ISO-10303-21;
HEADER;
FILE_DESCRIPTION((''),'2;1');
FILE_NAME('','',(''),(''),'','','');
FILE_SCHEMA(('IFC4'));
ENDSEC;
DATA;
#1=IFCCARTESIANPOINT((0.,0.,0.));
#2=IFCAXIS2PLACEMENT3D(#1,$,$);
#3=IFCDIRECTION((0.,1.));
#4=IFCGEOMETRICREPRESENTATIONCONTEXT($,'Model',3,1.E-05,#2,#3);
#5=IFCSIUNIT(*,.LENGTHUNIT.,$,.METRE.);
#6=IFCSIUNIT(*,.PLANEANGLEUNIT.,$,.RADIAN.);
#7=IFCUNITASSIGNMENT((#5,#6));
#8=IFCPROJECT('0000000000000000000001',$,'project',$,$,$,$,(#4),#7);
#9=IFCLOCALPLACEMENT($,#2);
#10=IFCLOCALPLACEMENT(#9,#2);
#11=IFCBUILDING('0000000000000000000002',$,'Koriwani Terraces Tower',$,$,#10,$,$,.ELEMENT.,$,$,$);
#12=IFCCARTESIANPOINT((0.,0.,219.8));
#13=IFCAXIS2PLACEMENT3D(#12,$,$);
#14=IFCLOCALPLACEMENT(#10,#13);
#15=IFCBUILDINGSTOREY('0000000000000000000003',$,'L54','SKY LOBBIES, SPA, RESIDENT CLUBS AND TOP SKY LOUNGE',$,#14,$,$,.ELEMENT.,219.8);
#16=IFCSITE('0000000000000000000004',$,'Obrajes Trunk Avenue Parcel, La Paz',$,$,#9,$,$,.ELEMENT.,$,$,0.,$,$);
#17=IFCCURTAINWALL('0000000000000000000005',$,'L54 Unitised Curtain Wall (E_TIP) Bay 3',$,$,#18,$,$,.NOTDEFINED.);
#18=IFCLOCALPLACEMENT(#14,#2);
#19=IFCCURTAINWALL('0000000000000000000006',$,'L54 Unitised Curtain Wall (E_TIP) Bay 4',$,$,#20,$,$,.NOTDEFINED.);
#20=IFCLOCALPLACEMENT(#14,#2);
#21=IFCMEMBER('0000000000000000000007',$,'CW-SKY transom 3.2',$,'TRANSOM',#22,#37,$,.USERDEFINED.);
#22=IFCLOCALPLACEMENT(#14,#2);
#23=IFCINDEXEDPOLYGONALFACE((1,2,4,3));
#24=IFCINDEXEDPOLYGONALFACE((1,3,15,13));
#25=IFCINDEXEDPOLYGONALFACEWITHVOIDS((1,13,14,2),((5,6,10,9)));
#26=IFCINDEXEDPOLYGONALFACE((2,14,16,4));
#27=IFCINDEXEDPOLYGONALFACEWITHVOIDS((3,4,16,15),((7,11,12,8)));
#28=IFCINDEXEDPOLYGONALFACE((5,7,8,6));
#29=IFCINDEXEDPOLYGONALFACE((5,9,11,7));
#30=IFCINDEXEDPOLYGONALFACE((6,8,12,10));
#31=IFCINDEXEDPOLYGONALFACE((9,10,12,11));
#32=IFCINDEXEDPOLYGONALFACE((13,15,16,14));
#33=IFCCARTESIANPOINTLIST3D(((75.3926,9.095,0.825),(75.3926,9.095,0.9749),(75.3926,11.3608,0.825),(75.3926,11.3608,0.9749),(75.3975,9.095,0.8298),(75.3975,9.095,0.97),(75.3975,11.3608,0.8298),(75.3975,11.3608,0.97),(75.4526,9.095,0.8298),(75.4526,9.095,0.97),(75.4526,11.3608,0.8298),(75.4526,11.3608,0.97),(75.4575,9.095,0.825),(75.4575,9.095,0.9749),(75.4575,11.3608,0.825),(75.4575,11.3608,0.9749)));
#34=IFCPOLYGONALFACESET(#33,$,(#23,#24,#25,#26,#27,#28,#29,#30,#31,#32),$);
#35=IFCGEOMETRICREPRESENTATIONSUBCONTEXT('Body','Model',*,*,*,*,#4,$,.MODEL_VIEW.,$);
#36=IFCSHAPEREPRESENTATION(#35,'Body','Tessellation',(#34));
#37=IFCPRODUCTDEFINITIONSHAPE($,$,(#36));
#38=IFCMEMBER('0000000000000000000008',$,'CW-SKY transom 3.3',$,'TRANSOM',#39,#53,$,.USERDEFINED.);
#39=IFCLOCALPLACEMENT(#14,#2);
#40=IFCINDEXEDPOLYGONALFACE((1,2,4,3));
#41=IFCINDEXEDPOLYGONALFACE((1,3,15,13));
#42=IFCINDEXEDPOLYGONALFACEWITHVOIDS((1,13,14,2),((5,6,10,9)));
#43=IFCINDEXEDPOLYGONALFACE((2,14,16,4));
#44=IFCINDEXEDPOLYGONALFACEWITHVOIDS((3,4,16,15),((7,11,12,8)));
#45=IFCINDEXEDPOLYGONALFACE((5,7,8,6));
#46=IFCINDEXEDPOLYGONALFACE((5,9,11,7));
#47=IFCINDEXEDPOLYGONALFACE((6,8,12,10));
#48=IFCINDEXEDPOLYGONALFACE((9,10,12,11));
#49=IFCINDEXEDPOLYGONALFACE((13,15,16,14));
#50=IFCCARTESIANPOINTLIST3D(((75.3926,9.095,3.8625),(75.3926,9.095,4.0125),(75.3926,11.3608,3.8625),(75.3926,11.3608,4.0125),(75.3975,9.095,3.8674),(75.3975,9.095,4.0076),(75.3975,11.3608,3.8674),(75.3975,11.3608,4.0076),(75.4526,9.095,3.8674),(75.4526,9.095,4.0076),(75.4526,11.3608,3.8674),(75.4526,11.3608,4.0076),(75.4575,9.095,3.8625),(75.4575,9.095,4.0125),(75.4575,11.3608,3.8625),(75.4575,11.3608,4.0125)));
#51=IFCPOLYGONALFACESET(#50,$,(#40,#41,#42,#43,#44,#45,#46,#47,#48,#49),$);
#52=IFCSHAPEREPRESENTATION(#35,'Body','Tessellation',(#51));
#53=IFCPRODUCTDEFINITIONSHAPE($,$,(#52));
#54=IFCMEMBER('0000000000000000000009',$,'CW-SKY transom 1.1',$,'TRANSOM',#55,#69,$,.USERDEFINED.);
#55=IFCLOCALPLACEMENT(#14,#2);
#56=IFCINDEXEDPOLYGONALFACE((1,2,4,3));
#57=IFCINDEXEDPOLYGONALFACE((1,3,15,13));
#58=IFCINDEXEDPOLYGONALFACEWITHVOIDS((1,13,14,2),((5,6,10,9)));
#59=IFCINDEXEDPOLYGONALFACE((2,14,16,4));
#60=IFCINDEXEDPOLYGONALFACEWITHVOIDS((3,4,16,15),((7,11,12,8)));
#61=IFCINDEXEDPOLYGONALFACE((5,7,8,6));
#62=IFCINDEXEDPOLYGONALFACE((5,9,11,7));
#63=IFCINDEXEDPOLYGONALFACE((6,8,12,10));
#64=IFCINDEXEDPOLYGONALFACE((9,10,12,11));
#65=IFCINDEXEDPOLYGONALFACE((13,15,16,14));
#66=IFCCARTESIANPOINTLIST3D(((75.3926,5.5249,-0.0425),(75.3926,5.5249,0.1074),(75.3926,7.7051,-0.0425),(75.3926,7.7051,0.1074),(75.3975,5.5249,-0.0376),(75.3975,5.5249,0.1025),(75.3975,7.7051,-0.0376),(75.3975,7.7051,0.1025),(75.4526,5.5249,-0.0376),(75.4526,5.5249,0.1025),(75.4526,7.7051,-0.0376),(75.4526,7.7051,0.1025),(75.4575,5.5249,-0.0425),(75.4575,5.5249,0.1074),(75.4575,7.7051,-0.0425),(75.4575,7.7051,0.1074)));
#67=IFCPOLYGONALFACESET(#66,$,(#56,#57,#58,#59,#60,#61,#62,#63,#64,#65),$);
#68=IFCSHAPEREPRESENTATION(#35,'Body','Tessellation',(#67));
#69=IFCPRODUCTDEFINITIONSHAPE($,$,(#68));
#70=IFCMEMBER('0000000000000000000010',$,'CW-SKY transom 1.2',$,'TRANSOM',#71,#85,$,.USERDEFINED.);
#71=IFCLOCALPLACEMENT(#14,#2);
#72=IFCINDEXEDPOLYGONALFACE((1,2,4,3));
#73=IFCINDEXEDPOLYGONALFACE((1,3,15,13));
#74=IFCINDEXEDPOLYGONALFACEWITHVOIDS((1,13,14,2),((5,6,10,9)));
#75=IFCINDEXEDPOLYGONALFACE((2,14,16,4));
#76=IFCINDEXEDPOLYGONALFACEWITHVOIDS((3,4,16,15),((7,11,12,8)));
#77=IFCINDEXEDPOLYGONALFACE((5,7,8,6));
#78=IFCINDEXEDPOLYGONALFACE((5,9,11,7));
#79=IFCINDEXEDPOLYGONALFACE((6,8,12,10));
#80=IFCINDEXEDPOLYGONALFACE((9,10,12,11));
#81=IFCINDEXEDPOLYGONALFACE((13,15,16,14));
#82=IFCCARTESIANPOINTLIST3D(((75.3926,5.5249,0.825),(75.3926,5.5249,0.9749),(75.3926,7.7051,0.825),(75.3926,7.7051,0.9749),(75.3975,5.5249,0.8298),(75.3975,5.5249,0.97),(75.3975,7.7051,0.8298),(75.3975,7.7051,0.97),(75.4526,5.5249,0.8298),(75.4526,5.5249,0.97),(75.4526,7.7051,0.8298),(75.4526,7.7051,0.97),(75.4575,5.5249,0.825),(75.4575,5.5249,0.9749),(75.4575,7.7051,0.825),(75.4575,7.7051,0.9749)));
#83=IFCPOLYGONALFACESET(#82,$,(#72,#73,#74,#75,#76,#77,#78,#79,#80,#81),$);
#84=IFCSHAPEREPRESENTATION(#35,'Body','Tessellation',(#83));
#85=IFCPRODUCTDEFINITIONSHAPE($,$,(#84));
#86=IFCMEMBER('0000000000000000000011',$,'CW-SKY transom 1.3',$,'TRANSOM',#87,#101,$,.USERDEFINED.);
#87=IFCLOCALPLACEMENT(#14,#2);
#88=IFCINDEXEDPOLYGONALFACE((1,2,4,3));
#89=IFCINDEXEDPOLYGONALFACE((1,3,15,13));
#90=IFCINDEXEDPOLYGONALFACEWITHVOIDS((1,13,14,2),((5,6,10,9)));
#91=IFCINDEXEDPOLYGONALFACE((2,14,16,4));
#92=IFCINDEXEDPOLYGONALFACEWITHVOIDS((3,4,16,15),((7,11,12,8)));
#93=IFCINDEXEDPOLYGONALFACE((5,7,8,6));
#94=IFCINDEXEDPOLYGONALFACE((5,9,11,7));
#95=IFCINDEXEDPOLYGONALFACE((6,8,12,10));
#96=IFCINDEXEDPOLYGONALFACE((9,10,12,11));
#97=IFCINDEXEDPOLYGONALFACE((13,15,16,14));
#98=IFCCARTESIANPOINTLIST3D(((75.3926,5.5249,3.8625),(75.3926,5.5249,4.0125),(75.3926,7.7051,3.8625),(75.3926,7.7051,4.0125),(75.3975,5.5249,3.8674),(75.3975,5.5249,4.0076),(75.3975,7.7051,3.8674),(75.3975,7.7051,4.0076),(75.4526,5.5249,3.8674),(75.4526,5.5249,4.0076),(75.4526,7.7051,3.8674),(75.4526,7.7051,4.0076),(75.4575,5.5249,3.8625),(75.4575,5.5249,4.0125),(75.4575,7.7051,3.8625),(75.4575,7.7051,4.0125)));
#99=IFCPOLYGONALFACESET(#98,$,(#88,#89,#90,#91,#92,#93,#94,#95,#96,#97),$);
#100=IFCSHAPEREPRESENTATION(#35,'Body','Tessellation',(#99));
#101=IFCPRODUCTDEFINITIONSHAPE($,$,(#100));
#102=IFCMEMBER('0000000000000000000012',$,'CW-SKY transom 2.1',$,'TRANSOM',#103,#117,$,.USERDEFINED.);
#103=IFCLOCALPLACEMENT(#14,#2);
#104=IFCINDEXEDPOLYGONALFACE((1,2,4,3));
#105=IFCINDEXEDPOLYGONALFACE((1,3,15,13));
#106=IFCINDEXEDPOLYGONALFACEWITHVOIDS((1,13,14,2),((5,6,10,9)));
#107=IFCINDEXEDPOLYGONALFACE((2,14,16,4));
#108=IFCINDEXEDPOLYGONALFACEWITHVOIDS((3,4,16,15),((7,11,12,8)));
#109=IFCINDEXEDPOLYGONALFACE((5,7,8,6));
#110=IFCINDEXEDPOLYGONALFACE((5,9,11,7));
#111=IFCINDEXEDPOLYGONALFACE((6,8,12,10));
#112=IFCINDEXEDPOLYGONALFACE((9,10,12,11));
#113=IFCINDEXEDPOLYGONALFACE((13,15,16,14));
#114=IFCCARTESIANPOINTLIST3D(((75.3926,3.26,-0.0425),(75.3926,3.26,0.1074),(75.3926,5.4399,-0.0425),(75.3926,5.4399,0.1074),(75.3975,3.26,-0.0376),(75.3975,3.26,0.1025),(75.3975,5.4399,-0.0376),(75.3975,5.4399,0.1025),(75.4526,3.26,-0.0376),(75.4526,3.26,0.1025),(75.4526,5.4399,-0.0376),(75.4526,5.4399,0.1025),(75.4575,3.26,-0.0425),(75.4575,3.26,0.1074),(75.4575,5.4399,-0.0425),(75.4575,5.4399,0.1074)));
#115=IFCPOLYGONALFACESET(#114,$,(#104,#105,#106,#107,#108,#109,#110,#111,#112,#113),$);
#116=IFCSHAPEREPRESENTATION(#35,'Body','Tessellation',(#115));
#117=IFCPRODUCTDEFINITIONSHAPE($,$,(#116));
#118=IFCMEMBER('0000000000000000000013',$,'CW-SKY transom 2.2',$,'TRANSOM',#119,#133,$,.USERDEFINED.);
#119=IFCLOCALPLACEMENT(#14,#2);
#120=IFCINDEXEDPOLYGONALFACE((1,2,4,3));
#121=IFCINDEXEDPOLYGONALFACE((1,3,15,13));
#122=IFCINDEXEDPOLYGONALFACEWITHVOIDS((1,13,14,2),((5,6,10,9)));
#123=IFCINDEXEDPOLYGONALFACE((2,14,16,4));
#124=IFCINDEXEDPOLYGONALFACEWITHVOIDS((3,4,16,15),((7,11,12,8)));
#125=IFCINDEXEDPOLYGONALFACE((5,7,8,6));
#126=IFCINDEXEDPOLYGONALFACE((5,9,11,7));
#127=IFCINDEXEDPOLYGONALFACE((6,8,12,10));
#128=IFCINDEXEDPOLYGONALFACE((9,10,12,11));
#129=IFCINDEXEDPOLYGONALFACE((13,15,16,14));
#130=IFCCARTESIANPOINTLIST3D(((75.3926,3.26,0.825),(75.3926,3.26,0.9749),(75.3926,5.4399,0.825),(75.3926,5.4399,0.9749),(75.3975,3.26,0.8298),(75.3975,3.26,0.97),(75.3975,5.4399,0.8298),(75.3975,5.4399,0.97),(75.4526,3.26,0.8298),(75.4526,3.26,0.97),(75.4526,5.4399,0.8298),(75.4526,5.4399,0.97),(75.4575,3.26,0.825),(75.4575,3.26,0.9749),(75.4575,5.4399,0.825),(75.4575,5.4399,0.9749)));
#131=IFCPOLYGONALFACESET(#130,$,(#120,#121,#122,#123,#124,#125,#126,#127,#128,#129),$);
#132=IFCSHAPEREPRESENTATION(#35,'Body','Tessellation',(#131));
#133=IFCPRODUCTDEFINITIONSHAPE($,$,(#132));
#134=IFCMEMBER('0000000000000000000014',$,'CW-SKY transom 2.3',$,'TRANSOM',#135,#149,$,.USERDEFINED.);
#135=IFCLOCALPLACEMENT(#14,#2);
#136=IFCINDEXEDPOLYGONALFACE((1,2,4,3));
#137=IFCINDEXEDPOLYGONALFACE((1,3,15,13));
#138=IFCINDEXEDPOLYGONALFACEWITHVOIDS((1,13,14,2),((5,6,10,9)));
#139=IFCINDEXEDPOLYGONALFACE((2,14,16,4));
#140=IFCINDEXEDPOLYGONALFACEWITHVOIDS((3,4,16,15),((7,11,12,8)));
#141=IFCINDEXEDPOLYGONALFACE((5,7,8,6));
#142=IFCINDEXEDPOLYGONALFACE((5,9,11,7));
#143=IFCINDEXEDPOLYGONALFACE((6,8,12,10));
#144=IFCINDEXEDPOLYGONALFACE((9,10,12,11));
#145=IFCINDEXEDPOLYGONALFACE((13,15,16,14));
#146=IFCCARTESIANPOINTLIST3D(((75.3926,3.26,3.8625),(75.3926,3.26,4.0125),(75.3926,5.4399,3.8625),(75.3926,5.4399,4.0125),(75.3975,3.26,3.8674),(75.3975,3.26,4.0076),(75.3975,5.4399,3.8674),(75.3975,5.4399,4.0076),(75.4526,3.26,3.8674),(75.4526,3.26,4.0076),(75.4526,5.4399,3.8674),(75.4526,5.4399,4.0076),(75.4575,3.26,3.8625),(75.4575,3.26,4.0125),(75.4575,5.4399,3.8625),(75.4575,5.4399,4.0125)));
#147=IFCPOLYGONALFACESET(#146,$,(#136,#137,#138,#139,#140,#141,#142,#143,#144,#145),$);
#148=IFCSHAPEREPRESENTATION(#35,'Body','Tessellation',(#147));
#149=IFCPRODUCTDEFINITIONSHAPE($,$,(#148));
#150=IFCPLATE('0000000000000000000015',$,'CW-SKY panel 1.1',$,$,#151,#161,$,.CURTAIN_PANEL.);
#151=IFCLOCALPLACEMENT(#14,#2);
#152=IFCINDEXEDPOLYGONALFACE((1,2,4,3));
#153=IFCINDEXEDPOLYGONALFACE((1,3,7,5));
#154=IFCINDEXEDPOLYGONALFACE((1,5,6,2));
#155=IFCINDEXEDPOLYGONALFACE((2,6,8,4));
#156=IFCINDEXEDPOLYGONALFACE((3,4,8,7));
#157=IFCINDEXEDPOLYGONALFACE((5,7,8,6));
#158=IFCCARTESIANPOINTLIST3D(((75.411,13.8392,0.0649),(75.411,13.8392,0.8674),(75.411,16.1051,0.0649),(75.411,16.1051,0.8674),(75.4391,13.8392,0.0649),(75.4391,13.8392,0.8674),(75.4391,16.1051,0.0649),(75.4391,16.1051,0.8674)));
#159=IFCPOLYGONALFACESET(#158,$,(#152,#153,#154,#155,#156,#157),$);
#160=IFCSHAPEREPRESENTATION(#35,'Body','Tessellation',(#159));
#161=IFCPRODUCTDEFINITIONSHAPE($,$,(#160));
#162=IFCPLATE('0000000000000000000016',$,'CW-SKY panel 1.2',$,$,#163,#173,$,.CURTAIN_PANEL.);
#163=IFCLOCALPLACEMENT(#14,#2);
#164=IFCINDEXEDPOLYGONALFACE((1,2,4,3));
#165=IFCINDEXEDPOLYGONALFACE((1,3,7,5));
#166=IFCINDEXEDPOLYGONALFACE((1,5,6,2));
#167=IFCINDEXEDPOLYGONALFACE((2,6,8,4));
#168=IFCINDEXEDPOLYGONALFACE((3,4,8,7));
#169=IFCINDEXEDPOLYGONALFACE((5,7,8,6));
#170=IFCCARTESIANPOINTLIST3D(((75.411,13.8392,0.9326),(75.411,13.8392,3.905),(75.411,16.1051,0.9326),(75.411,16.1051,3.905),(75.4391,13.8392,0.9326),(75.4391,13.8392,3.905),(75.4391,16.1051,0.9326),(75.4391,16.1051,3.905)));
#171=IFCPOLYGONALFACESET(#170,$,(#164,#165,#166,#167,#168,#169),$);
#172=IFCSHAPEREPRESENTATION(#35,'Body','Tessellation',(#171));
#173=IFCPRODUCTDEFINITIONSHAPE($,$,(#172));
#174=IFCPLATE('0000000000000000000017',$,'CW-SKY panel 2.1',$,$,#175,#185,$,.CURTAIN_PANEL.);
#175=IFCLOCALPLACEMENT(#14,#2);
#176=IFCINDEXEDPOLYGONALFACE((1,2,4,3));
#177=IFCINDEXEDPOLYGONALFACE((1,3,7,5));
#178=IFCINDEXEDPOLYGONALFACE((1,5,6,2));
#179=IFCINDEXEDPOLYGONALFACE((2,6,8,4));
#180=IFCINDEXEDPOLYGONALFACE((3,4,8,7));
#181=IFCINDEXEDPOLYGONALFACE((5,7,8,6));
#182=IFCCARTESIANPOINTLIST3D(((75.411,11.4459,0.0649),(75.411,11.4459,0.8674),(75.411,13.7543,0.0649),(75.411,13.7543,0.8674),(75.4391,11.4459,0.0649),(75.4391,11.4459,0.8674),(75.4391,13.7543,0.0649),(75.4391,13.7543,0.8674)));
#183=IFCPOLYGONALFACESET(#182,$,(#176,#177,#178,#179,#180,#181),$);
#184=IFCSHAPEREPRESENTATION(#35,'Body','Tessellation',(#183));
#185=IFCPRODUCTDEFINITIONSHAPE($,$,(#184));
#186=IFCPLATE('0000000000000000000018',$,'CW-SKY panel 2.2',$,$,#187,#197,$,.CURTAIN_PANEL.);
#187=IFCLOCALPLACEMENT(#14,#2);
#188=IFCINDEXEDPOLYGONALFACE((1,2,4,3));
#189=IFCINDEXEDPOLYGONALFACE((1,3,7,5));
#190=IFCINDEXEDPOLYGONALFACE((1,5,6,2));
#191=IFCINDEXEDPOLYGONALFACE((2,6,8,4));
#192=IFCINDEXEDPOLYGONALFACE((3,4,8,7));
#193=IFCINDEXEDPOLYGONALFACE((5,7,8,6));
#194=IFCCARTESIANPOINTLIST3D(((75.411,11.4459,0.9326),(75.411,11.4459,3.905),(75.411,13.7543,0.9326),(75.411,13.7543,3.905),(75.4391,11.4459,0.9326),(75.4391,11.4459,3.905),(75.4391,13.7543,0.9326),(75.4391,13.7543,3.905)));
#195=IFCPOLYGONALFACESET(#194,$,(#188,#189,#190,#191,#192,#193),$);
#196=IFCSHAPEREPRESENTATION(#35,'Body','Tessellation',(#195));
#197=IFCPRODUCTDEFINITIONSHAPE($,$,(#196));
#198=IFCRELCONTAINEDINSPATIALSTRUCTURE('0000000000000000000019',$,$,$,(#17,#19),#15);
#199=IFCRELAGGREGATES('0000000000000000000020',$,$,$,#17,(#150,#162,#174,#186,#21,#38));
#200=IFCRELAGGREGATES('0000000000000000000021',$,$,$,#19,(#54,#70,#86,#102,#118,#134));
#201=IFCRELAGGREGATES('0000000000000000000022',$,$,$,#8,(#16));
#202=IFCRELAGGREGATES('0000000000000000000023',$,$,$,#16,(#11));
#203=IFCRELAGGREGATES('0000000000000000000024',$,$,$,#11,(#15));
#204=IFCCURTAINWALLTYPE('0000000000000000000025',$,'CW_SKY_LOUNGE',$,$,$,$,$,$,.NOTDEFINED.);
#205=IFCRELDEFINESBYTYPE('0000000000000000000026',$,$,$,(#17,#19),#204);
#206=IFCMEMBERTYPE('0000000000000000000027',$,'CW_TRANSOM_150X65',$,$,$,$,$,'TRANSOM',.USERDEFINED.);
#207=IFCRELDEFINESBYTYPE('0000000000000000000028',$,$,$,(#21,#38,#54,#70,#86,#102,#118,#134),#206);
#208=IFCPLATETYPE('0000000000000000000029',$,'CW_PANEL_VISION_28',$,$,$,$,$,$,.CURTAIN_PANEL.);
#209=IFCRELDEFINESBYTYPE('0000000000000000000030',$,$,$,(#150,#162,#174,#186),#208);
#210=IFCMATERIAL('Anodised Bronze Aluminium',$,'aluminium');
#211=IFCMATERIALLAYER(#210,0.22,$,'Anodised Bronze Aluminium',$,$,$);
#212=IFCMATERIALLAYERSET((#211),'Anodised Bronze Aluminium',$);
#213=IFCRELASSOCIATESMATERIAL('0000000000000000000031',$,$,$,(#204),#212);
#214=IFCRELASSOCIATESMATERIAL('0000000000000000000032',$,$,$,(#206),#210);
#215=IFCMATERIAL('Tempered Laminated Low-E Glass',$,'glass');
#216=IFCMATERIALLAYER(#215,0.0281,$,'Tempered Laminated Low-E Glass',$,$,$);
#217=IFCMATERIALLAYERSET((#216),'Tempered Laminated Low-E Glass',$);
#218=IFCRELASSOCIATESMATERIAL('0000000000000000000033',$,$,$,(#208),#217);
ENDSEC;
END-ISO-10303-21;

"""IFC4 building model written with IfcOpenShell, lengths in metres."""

from ifc_helpers import new_model, si_unit, direction, frame, origin, origin_2d, place, context, subcontext, project, spatial, rectangle, hollow_rectangle, extrude, material, layer, layer_set, material_profile, profile_set, type_object, element, aggregate, save


model = new_model("IFC4")

# Units and contexts
model_context = context("Model", 3, precision=1e-05, world=origin(), true_north=direction((0.0, 1.0)))
body_context = subcontext(model_context, "Body", "Model", "MODEL_VIEW")
ifc_project = project(units=[si_unit("LENGTHUNIT", "METRE"), si_unit("PLANEANGLEUNIT", "RADIAN")], contexts=[model_context])

# Site, building, storey
site_placement = place(None, origin())
site = spatial("IfcSite", under=ifc_project, at=site_placement, Name="Obrajes Trunk Avenue Parcel, La Paz", CompositionType="ELEMENT", RefElevation=0.0)
building_placement = place(site_placement, origin())
building = spatial("IfcBuilding", under=site, at=building_placement, Name="Koriwani Terraces Tower", CompositionType="ELEMENT")
storey_placement = place(building_placement, frame((0.0, 0.0, 219.8)))
storey = spatial("IfcBuildingStorey", under=building, at=storey_placement, Name="L54", Description="SKY LOBBIES, SPA, RESIDENT CLUBS AND TOP SKY LOUNGE", CompositionType="ELEMENT", Elevation=219.8)

# Curtain walls
ifc_material_1 = material(Name="Anodised Bronze Aluminium", Category="aluminium")
ifc_layer_1 = layer(ifc_material_1, 0.22, Name="Anodised Bronze Aluminium")
ifc_layer_set_1 = layer_set([ifc_layer_1], Name="Anodised Bronze Aluminium")
curtain_wall_type = type_object("IfcCurtainWallType", Name="CW_SKY_LOUNGE", PredefinedType="NOTDEFINED", material=ifc_layer_set_1)
curtain_wall_1_placement = place(storey_placement, origin())
curtain_wall_1 = element("IfcCurtainWall", 1, at=curtain_wall_1_placement, inside=storey, type_object=curtain_wall_type, Name="L54 Unitised Curtain Wall (E_TIP) Bay 3", PredefinedType="NOTDEFINED")
curtain_wall_2_placement = place(storey_placement, origin())
curtain_wall_2 = element("IfcCurtainWall", 2, at=curtain_wall_2_placement, inside=storey, type_object=curtain_wall_type, Name="L54 Unitised Curtain Wall (E_TIP) Bay 4", PredefinedType="NOTDEFINED")

# Members
ifc_material_profile_1 = material_profile(ifc_material_1, hollow_rectangle(XDim=0.0649, YDim=0.1499, WallThickness=0.0049, at=origin_2d()), Name="Anodised Bronze Aluminium", Category="LoadBearing")
ifc_profile_set_1 = profile_set([ifc_material_profile_1], Name="Anodised Bronze Aluminium")
member_type_1 = type_object("IfcMemberType", Name="CW_TRANSOM_150X65", ElementType="TRANSOM", PredefinedType="USERDEFINED", material=ifc_profile_set_1)
member_1_placement = place(storey_placement, frame((75.425, 11.3608, 0.8999), z_axis=(0.0, -1.0, 0.0), x_axis=(1.0, 0.0, 0.0)))
member_1 = element("IfcMember", 3, at=member_1_placement, type_object=member_type_1, Name="CW-SKY transom 3.2", ObjectType="TRANSOM", PredefinedType="USERDEFINED", context=body_context, shape_type="SweptSolid", body=[
    extrude(hollow_rectangle(XDim=0.0649, YDim=0.1499, WallThickness=0.0049, at=origin_2d()), origin(), (0.0, 0.0, 1.0), 2.2659),
])
member_2_placement = place(storey_placement, frame((75.425, 11.3608, 3.9375), z_axis=(0.0, -1.0, 0.0), x_axis=(1.0, 0.0, 0.0)))
member_2 = element("IfcMember", 4, at=member_2_placement, type_object=member_type_1, Name="CW-SKY transom 3.3", ObjectType="TRANSOM", PredefinedType="USERDEFINED", context=body_context, shape_type="SweptSolid", body=[
    extrude(hollow_rectangle(XDim=0.0649, YDim=0.1499, WallThickness=0.0049, at=origin_2d()), origin(), (0.0, 0.0, 1.0), 2.2659),
])
member_3_placement = place(storey_placement, frame((75.425, 7.7051, 0.0325), z_axis=(0.0, -1.0, 0.0), x_axis=(1.0, 0.0, 0.0)))
member_3 = element("IfcMember", 5, at=member_3_placement, type_object=member_type_1, Name="CW-SKY transom 1.1", ObjectType="TRANSOM", PredefinedType="USERDEFINED", context=body_context, shape_type="SweptSolid", body=[
    extrude(hollow_rectangle(XDim=0.0649, YDim=0.1499, WallThickness=0.0049, at=origin_2d()), origin(), (0.0, 0.0, 1.0), 2.1802),
])
member_4_placement = place(storey_placement, frame((75.425, 7.7051, 0.8999), z_axis=(0.0, -1.0, 0.0), x_axis=(1.0, 0.0, 0.0)))
member_4 = element("IfcMember", 6, at=member_4_placement, type_object=member_type_1, Name="CW-SKY transom 1.2", ObjectType="TRANSOM", PredefinedType="USERDEFINED", context=body_context, shape_type="SweptSolid", body=[
    extrude(hollow_rectangle(XDim=0.0649, YDim=0.1499, WallThickness=0.0049, at=origin_2d()), origin(), (0.0, 0.0, 1.0), 2.1802),
])
member_5_placement = place(storey_placement, frame((75.425, 7.7051, 3.9375), z_axis=(0.0, -1.0, 0.0), x_axis=(1.0, 0.0, 0.0)))
member_5 = element("IfcMember", 7, at=member_5_placement, type_object=member_type_1, Name="CW-SKY transom 1.3", ObjectType="TRANSOM", PredefinedType="USERDEFINED", context=body_context, shape_type="SweptSolid", body=[
    extrude(hollow_rectangle(XDim=0.0649, YDim=0.1499, WallThickness=0.0049, at=origin_2d()), origin(), (0.0, 0.0, 1.0), 2.1802),
])
member_6_placement = place(storey_placement, frame((75.425, 5.4399, 0.0325), z_axis=(0.0, -1.0, 0.0), x_axis=(1.0, 0.0, 0.0)))
member_6 = element("IfcMember", 8, at=member_6_placement, type_object=member_type_1, Name="CW-SKY transom 2.1", ObjectType="TRANSOM", PredefinedType="USERDEFINED", context=body_context, shape_type="SweptSolid", body=[
    extrude(hollow_rectangle(XDim=0.0649, YDim=0.1499, WallThickness=0.0049, at=origin_2d()), origin(), (0.0, 0.0, 1.0), 2.1799),
])
member_7_placement = place(storey_placement, frame((75.425, 5.4399, 0.8999), z_axis=(0.0, -1.0, 0.0), x_axis=(1.0, 0.0, 0.0)))
member_7 = element("IfcMember", 9, at=member_7_placement, type_object=member_type_1, Name="CW-SKY transom 2.2", ObjectType="TRANSOM", PredefinedType="USERDEFINED", context=body_context, shape_type="SweptSolid", body=[
    extrude(hollow_rectangle(XDim=0.0649, YDim=0.1499, WallThickness=0.0049, at=origin_2d()), origin(), (0.0, 0.0, 1.0), 2.1799),
])
member_8_placement = place(storey_placement, frame((75.425, 5.4399, 3.9375), z_axis=(0.0, -1.0, 0.0), x_axis=(1.0, 0.0, 0.0)))
member_8 = element("IfcMember", 10, at=member_8_placement, type_object=member_type_1, Name="CW-SKY transom 2.3", ObjectType="TRANSOM", PredefinedType="USERDEFINED", context=body_context, shape_type="SweptSolid", body=[
    extrude(hollow_rectangle(XDim=0.0649, YDim=0.1499, WallThickness=0.0049, at=origin_2d()), origin(), (0.0, 0.0, 1.0), 2.1799),
])

# Plates
ifc_material_2 = material(Name="Tempered Laminated Low-E Glass", Category="glass")
ifc_layer_2 = layer(ifc_material_2, 0.0281, Name="Tempered Laminated Low-E Glass")
ifc_layer_set_2 = layer_set([ifc_layer_2], Name="Tempered Laminated Low-E Glass")
plate_type = type_object("IfcPlateType", Name="CW_PANEL_VISION_28", PredefinedType="CURTAIN_PANEL", material=ifc_layer_set_2)
plate_1_placement = place(storey_placement, frame((75.425, 14.9722, 0.0649), z_axis=(0.0, 0.0, 1.0), x_axis=(0.0, -1.0, 0.0)))
plate_1 = element("IfcPlate", 11, at=plate_1_placement, type_object=plate_type, Name="CW-SKY panel 1.1", PredefinedType="CURTAIN_PANEL", context=body_context, shape_type="SweptSolid", body=[
    extrude(rectangle(XDim=2.2659, YDim=0.0281, at=origin_2d()), origin(), (0.0, 0.0, 1.0), 0.8025),
])
plate_2_placement = place(storey_placement, frame((75.425, 14.9722, 0.9326), z_axis=(0.0, 0.0, 1.0), x_axis=(0.0, -1.0, 0.0)))
plate_2 = element("IfcPlate", 12, at=plate_2_placement, type_object=plate_type, Name="CW-SKY panel 1.2", PredefinedType="CURTAIN_PANEL", context=body_context, shape_type="SweptSolid", body=[
    extrude(rectangle(XDim=2.2659, YDim=0.0281, at=origin_2d()), origin(), (0.0, 0.0, 1.0), 2.9724),
])
plate_3_placement = place(storey_placement, frame((75.425, 12.6001, 0.0649), z_axis=(0.0, 0.0, 1.0), x_axis=(0.0, -1.0, 0.0)))
plate_3 = element("IfcPlate", 13, at=plate_3_placement, type_object=plate_type, Name="CW-SKY panel 2.1", PredefinedType="CURTAIN_PANEL", context=body_context, shape_type="SweptSolid", body=[
    extrude(rectangle(XDim=2.3083, YDim=0.0281, at=origin_2d()), origin(), (0.0, 0.0, 1.0), 0.8025),
])
plate_4_placement = place(storey_placement, frame((75.425, 12.6001, 0.9326), z_axis=(0.0, 0.0, 1.0), x_axis=(0.0, -1.0, 0.0)))
plate_4 = element("IfcPlate", 14, at=plate_4_placement, type_object=plate_type, Name="CW-SKY panel 2.2", PredefinedType="CURTAIN_PANEL", context=body_context, shape_type="SweptSolid", body=[
    extrude(rectangle(XDim=2.3083, YDim=0.0281, at=origin_2d()), origin(), (0.0, 0.0, 1.0), 2.9724),
])
aggregate(curtain_wall_1, [plate_1, plate_2, plate_3, plate_4, member_1, member_2])
aggregate(curtain_wall_2, [member_3, member_4, member_5, member_6, member_7, member_8])

save(model, "model.ifc")
